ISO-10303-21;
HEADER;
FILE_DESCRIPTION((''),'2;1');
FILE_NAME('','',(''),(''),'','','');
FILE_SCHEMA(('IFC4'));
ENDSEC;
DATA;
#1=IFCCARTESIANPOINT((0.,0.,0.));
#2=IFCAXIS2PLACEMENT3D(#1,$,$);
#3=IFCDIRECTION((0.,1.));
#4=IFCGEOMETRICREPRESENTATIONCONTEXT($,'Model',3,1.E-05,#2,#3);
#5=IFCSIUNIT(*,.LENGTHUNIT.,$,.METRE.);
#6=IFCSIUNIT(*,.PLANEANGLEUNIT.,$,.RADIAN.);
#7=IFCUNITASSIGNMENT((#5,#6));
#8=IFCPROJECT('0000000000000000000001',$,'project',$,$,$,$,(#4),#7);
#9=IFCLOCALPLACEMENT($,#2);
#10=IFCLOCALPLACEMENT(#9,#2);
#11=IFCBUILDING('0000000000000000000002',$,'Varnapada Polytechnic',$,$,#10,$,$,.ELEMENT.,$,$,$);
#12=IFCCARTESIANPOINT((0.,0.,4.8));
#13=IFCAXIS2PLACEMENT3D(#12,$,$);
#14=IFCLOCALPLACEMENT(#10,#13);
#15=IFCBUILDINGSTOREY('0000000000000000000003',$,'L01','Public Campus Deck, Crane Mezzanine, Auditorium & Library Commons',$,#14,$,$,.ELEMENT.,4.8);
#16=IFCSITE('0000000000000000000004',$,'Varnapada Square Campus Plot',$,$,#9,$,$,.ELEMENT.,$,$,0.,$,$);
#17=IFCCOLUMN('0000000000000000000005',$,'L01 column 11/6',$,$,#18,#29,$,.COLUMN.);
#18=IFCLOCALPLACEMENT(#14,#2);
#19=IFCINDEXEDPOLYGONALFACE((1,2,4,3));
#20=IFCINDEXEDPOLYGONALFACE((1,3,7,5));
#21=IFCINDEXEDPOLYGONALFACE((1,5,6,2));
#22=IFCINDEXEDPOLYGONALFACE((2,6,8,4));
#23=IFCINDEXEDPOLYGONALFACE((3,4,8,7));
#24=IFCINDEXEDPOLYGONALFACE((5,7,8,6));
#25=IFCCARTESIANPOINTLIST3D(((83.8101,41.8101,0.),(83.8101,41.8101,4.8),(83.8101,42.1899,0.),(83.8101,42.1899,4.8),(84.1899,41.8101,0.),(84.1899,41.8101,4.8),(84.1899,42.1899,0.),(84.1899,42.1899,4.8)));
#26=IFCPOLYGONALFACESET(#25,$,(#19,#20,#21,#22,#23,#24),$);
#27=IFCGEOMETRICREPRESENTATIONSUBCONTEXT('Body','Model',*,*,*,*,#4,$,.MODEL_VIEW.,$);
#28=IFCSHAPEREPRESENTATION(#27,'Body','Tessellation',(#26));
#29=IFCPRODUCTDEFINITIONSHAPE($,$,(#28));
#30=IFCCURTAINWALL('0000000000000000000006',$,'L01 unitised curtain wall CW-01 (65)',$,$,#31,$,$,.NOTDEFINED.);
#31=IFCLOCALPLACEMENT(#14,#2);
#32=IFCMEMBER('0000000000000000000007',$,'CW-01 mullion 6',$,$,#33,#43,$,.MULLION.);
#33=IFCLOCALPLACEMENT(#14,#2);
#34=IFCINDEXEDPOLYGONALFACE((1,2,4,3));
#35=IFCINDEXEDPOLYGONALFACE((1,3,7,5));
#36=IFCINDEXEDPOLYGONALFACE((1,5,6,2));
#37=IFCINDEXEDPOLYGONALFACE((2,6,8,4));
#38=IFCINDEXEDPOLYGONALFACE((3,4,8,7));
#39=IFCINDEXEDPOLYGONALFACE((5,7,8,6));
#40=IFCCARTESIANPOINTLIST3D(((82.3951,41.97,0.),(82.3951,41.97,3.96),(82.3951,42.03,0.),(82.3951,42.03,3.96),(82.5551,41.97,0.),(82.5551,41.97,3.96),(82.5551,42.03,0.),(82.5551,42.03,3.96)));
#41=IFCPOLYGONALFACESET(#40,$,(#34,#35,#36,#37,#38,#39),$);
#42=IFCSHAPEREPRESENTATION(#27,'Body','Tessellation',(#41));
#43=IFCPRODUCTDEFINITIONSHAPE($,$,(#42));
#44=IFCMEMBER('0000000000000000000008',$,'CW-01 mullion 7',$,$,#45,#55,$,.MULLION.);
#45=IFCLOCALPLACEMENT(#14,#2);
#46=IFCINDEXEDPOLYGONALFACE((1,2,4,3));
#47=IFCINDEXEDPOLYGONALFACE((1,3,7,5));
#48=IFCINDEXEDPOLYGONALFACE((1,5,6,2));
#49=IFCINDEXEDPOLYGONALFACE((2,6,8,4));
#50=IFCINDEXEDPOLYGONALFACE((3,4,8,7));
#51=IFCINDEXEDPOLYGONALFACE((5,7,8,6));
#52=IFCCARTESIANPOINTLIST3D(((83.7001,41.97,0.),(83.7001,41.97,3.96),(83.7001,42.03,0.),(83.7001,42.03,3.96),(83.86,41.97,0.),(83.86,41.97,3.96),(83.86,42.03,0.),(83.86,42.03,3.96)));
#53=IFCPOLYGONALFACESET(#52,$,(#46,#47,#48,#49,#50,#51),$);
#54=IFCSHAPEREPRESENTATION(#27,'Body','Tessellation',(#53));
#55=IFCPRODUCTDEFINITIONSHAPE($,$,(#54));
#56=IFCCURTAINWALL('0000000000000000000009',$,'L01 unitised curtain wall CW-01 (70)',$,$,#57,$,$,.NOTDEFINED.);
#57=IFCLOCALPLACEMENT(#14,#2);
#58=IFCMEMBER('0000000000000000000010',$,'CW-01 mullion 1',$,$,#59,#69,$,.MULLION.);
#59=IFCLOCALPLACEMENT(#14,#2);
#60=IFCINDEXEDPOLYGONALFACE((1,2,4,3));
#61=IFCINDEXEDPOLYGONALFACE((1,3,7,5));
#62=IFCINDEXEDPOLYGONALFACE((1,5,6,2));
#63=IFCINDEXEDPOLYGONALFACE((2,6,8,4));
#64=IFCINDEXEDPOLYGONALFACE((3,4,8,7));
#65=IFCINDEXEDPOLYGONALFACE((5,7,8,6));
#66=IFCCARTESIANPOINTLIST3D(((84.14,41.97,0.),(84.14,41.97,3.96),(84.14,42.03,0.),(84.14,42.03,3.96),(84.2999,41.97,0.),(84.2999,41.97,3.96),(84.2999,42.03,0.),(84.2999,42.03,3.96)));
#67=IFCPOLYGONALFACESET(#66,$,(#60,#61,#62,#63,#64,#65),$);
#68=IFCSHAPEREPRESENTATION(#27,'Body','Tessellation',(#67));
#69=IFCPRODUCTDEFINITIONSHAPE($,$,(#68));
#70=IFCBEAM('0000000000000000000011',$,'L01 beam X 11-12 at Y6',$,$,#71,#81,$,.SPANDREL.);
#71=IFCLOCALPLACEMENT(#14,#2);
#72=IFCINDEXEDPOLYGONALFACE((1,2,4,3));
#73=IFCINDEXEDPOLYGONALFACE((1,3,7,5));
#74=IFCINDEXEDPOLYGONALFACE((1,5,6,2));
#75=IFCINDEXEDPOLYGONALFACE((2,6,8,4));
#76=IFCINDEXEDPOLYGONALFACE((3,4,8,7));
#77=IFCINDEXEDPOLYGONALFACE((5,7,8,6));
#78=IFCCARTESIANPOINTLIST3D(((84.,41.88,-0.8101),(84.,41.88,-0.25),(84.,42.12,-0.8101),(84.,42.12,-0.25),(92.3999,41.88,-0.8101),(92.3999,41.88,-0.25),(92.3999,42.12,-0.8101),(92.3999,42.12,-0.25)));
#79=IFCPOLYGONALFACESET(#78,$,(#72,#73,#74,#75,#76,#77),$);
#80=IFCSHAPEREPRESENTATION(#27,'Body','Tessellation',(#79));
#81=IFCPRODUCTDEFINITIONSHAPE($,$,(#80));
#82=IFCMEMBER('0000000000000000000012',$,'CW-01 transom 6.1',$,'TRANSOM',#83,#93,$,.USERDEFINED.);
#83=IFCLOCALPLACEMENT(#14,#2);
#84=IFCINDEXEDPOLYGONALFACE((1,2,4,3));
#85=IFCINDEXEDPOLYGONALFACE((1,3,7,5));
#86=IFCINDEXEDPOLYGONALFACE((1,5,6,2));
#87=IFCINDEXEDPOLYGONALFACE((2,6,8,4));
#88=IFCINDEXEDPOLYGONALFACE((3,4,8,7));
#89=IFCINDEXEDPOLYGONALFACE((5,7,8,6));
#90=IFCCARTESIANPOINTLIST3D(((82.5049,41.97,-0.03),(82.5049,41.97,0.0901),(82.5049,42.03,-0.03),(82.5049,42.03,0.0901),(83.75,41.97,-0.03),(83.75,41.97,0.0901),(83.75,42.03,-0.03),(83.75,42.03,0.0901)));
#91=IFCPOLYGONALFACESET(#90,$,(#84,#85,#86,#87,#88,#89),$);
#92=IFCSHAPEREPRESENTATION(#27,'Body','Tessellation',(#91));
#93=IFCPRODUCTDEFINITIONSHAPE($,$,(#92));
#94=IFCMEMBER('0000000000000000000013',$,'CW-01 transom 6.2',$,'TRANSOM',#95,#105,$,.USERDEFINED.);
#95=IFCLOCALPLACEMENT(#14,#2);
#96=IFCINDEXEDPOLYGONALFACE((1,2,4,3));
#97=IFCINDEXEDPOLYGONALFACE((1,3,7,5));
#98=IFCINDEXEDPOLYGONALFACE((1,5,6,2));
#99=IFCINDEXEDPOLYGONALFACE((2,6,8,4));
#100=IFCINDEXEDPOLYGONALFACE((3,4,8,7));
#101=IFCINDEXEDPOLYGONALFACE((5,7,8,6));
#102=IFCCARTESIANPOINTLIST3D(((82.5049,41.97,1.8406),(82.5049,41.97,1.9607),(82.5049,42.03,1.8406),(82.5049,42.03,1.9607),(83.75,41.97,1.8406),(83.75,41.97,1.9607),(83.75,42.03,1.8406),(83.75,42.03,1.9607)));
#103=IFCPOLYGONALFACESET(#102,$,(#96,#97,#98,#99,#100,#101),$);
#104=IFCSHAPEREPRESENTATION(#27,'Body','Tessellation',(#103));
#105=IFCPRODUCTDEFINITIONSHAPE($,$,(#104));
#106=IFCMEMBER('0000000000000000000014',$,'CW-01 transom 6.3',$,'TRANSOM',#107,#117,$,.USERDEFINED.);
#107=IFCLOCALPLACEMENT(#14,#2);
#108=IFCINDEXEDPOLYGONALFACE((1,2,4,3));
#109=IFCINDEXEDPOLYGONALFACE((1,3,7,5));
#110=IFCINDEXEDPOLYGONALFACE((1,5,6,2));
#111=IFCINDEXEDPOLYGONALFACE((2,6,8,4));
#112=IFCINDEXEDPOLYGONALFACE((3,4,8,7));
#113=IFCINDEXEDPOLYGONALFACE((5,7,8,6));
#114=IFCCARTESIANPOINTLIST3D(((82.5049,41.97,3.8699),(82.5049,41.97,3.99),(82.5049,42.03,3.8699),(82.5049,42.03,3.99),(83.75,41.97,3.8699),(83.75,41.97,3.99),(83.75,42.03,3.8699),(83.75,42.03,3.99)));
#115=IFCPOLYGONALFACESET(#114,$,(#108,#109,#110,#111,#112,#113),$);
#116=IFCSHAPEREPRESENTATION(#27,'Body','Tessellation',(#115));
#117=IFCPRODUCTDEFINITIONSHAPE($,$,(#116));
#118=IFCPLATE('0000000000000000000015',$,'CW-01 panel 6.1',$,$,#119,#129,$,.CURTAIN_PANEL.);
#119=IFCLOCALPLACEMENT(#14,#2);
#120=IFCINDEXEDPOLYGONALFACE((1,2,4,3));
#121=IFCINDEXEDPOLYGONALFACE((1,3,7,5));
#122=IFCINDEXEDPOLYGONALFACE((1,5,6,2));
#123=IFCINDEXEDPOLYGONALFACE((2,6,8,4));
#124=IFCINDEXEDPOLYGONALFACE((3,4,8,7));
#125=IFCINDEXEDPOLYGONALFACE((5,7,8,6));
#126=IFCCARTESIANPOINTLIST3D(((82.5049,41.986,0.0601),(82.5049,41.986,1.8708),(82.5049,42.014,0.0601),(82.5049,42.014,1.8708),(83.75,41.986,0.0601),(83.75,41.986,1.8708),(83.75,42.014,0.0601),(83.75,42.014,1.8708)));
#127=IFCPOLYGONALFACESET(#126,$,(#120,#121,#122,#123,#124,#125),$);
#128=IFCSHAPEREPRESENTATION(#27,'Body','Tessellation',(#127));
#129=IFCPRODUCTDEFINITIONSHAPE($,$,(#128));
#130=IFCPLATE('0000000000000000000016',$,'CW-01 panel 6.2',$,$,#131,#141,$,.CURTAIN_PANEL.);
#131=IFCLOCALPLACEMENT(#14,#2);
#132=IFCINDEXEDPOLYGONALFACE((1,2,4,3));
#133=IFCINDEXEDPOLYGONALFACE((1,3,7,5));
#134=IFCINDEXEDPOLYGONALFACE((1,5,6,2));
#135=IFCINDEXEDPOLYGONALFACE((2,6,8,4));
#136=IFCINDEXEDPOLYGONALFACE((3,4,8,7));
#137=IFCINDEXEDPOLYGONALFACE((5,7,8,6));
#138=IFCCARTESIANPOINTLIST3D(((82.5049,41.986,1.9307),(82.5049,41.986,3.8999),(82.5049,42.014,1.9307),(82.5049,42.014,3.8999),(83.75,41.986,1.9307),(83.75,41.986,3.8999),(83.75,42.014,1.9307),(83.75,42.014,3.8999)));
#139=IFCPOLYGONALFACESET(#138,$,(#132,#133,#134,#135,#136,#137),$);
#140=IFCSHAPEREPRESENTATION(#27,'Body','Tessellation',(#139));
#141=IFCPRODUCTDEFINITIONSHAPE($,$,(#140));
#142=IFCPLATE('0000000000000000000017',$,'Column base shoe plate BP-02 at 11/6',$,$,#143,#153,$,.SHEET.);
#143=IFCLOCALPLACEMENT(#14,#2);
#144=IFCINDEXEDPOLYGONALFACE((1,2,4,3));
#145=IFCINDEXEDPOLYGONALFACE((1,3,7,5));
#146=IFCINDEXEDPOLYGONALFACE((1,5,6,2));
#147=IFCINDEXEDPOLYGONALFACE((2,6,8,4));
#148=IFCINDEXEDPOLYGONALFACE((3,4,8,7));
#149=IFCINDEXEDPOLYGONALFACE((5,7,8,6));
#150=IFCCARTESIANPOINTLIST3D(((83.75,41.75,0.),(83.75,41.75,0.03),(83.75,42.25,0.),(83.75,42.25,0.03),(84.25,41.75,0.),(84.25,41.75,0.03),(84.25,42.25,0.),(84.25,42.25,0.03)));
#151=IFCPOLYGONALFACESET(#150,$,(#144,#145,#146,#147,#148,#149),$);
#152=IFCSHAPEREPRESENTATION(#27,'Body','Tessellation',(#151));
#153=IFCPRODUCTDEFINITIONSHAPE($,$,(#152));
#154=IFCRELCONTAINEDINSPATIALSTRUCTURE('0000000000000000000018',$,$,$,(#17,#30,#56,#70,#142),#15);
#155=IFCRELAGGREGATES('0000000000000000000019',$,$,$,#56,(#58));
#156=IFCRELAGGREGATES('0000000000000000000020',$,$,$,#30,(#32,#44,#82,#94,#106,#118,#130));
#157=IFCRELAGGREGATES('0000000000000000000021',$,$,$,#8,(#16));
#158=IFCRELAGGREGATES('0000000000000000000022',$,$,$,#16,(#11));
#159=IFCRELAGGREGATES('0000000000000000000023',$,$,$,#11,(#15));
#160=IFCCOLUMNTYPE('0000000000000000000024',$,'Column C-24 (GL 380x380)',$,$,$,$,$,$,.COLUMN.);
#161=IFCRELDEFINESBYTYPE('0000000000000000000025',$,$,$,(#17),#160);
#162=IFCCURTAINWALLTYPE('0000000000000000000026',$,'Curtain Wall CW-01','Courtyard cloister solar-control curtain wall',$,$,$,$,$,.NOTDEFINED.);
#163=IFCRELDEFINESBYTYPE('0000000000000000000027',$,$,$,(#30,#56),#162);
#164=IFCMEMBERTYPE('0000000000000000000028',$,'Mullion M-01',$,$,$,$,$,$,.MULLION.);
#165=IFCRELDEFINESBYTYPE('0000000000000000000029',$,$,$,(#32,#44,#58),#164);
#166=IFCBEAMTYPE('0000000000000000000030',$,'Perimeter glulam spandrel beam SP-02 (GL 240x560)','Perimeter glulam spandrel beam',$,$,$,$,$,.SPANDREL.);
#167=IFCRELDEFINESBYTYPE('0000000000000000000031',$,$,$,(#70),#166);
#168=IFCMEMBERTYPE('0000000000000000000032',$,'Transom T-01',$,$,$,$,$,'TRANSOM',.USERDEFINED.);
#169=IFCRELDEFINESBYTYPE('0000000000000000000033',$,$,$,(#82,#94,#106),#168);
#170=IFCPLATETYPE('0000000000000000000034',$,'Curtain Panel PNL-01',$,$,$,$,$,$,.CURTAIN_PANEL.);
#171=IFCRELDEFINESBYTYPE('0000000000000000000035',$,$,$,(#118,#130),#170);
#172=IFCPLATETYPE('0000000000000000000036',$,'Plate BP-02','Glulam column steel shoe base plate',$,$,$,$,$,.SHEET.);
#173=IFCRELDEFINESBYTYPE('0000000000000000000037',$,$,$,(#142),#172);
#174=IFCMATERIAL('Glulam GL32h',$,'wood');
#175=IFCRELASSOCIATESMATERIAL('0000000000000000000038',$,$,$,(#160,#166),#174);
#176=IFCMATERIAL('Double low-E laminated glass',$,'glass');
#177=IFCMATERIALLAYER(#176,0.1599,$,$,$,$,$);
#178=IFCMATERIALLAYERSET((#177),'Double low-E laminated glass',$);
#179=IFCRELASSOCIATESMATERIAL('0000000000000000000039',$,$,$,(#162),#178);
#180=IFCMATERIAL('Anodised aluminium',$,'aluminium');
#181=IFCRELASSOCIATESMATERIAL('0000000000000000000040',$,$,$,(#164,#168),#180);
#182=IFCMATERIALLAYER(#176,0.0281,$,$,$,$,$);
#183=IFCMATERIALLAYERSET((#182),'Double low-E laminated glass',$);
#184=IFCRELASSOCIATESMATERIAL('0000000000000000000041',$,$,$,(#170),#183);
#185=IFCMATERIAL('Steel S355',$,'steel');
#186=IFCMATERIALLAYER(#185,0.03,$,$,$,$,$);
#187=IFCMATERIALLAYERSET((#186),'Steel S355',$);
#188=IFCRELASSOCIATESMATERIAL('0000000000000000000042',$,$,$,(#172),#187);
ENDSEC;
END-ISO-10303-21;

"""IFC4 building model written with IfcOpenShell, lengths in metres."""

from ifc_helpers import new_model, si_unit, direction, frame, origin, origin_2d, place, context, subcontext, project, spatial, rectangle, extrude, material, layer, layer_set, material_profile, profile_set, type_object, element, aggregate, save


model = new_model("IFC4")

# Units and contexts
model_context = context("Model", 3, precision=1e-05, world=origin(), true_north=direction((0.0, 1.0)))
body_context = subcontext(model_context, "Body", "Model", "MODEL_VIEW")
ifc_project = project(units=[si_unit("LENGTHUNIT", "METRE"), si_unit("PLANEANGLEUNIT", "RADIAN")], contexts=[model_context])

# Site, building, storey
site_placement = place(None, origin())
site = spatial("IfcSite", under=ifc_project, at=site_placement, Name="Varnapada Square Campus Plot", CompositionType="ELEMENT", RefElevation=0.0)
building_placement = place(site_placement, origin())
building = spatial("IfcBuilding", under=site, at=building_placement, Name="Varnapada Polytechnic", CompositionType="ELEMENT")
storey_placement = place(building_placement, frame((0.0, 0.0, 4.8)))
storey = spatial("IfcBuildingStorey", under=building, at=storey_placement, Name="L01", Description="Public Campus Deck, Crane Mezzanine, Auditorium & Library Commons", CompositionType="ELEMENT", Elevation=4.8)

# Column
ifc_material_1 = material(Name="Glulam GL32h", Category="wood")
ifc_material_profile_1 = material_profile(ifc_material_1, rectangle(XDim=0.3799, YDim=0.3799, at=origin_2d()), Name="GL 380x380")
ifc_profile_set_1 = profile_set([ifc_material_profile_1], Name="Glulam GL32h")
column_type = type_object("IfcColumnType", Name="Column C-24 (GL 380x380)", PredefinedType="COLUMN", material=ifc_profile_set_1)
column_placement = place(storey_placement, frame((84.0, 42.0, 0.0), z_axis=(0.0, 0.0, 1.0), x_axis=(1.0, 0.0, 0.0)))
element("IfcColumn", 1, at=column_placement, inside=storey, type_object=column_type, Name="L01 column 11/6", PredefinedType="COLUMN", context=body_context, shape_type="SweptSolid", body=[
    extrude(rectangle(XDim=0.3799, YDim=0.3799, at=origin_2d()), origin(), (0.0, 0.0, 1.0), 4.8),
])

# Curtain wall, members
ifc_material_2 = material(Name="Double low-E laminated glass", Category="glass")
ifc_layer_1 = layer(ifc_material_2, 0.1599)
ifc_layer_set_1 = layer_set([ifc_layer_1], Name="Double low-E laminated glass")
curtain_wall_type = type_object("IfcCurtainWallType", Name="Curtain Wall CW-01", Description="Courtyard cloister solar-control curtain wall", PredefinedType="NOTDEFINED", material=ifc_layer_set_1)
curtain_wall_1_placement = place(storey_placement, origin())
curtain_wall_1 = element("IfcCurtainWall", 2, at=curtain_wall_1_placement, inside=storey, type_object=curtain_wall_type, Name="L01 unitised curtain wall CW-01 (65)", PredefinedType="NOTDEFINED")
ifc_material_3 = material(Name="Anodised aluminium", Category="aluminium")
ifc_material_profile_2 = material_profile(ifc_material_3, rectangle(XDim=0.0601, YDim=0.1599, at=origin_2d()), Name="ALU M60x160")
ifc_profile_set_2 = profile_set([ifc_material_profile_2], Name="Anodised aluminium")
member_type_1 = type_object("IfcMemberType", Name="Mullion M-01", PredefinedType="MULLION", material=ifc_profile_set_2)
member_1_placement = place(storey_placement, frame((82.4751, 42.0, 0.0), z_axis=(0.0, 0.0, 1.0), x_axis=(0.0, 1.0, 0.0)))
member_1 = element("IfcMember", 3, at=member_1_placement, type_object=member_type_1, Name="CW-01 mullion 6", PredefinedType="MULLION", context=body_context, shape_type="SweptSolid", body=[
    extrude(rectangle(XDim=0.0601, YDim=0.1599, at=origin_2d()), origin(), (0.0, 0.0, 1.0), 3.96),
])
member_2_placement = place(storey_placement, frame((83.78, 42.0, 0.0), z_axis=(0.0, 0.0, 1.0), x_axis=(0.0, 1.0, 0.0)))
member_2 = element("IfcMember", 4, at=member_2_placement, type_object=member_type_1, Name="CW-01 mullion 7", PredefinedType="MULLION", context=body_context, shape_type="SweptSolid", body=[
    extrude(rectangle(XDim=0.0601, YDim=0.1599, at=origin_2d()), origin(), (0.0, 0.0, 1.0), 3.96),
])

# Curtain wall, member
curtain_wall_2_placement = place(storey_placement, origin())
curtain_wall_2 = element("IfcCurtainWall", 5, at=curtain_wall_2_placement, inside=storey, type_object=curtain_wall_type, Name="L01 unitised curtain wall CW-01 (70)", PredefinedType="NOTDEFINED")
member_3_placement = place(storey_placement, frame((84.22, 42.0, 0.0), z_axis=(0.0, 0.0, 1.0), x_axis=(0.0, 1.0, 0.0)))
member_3 = element("IfcMember", 6, at=member_3_placement, type_object=member_type_1, Name="CW-01 mullion 1", PredefinedType="MULLION", context=body_context, shape_type="SweptSolid", body=[
    extrude(rectangle(XDim=0.0601, YDim=0.1599, at=origin_2d()), origin(), (0.0, 0.0, 1.0), 3.96),
])
aggregate(curtain_wall_2, [member_3])

# Beam
ifc_material_profile_3 = material_profile(ifc_material_1, rectangle(XDim=0.24, YDim=0.5601, at=origin_2d()), Name="GL 240x560")
ifc_profile_set_3 = profile_set([ifc_material_profile_3], Name="Glulam GL32h")
beam_type = type_object("IfcBeamType", Name="Perimeter glulam spandrel beam SP-02 (GL 240x560)", Description="Perimeter glulam spandrel beam", PredefinedType="SPANDREL", material=ifc_profile_set_3)
beam_placement = place(storey_placement, frame((84.0, 42.0, -0.53), z_axis=(1.0, 0.0, 0.0), x_axis=(0.0, 1.0, 0.0)))
element("IfcBeam", 7, at=beam_placement, inside=storey, type_object=beam_type, Name="L01 beam X 11-12 at Y6", PredefinedType="SPANDREL", context=body_context, shape_type="SweptSolid", body=[
    extrude(rectangle(XDim=0.24, YDim=0.5601, at=origin_2d()), origin(), (0.0, 0.0, 1.0), 8.3999),
])

# Members
ifc_material_profile_4 = material_profile(ifc_material_3, rectangle(XDim=0.0601, YDim=0.1201, at=origin_2d()), Name="ALU T60x120")
ifc_profile_set_4 = profile_set([ifc_material_profile_4], Name="Anodised aluminium")
member_type_2 = type_object("IfcMemberType", Name="Transom T-01", ElementType="TRANSOM", PredefinedType="USERDEFINED", material=ifc_profile_set_4)
member_4_placement = place(storey_placement, frame((82.5049, 42.0, 0.03), z_axis=(1.0, 0.0, 0.0), x_axis=(0.0, 1.0, 0.0)))
member_4 = element("IfcMember", 8, at=member_4_placement, type_object=member_type_2, Name="CW-01 transom 6.1", ObjectType="TRANSOM", PredefinedType="USERDEFINED", context=body_context, shape_type="SweptSolid", body=[
    extrude(rectangle(XDim=0.0601, YDim=0.1201, at=origin_2d()), origin(), (0.0, 0.0, 1.0), 1.2451),
])
member_5_placement = place(storey_placement, frame((82.5049, 42.0, 1.9006), z_axis=(1.0, 0.0, 0.0), x_axis=(0.0, 1.0, 0.0)))
member_5 = element("IfcMember", 9, at=member_5_placement, type_object=member_type_2, Name="CW-01 transom 6.2", ObjectType="TRANSOM", PredefinedType="USERDEFINED", context=body_context, shape_type="SweptSolid", body=[
    extrude(rectangle(XDim=0.0601, YDim=0.1201, at=origin_2d()), origin(), (0.0, 0.0, 1.0), 1.2451),
])
member_6_placement = place(storey_placement, frame((82.5049, 42.0, 3.9299), z_axis=(1.0, 0.0, 0.0), x_axis=(0.0, 1.0, 0.0)))
member_6 = element("IfcMember", 10, at=member_6_placement, type_object=member_type_2, Name="CW-01 transom 6.3", ObjectType="TRANSOM", PredefinedType="USERDEFINED", context=body_context, shape_type="SweptSolid", body=[
    extrude(rectangle(XDim=0.0601, YDim=0.1201, at=origin_2d()), origin(), (0.0, 0.0, 1.0), 1.2451),
])

# Plates
ifc_layer_2 = layer(ifc_material_2, 0.0281)
ifc_layer_set_2 = layer_set([ifc_layer_2], Name="Double low-E laminated glass")
plate_type_1 = type_object("IfcPlateType", Name="Curtain Panel PNL-01", PredefinedType="CURTAIN_PANEL", material=ifc_layer_set_2)
plate_1_placement = place(storey_placement, frame((83.1274, 42.0, 0.0601), z_axis=(0.0, 0.0, 1.0), x_axis=(1.0, 0.0, 0.0)))
plate_1 = element("IfcPlate", 11, at=plate_1_placement, type_object=plate_type_1, Name="CW-01 panel 6.1", PredefinedType="CURTAIN_PANEL", context=body_context, shape_type="SweptSolid", body=[
    extrude(rectangle(XDim=1.2451, YDim=0.0281, at=origin_2d()), origin(), (0.0, 0.0, 1.0), 1.8108),
])
plate_2_placement = place(storey_placement, frame((83.1274, 42.0, 1.9307), z_axis=(0.0, 0.0, 1.0), x_axis=(1.0, 0.0, 0.0)))
plate_2 = element("IfcPlate", 12, at=plate_2_placement, type_object=plate_type_1, Name="CW-01 panel 6.2", PredefinedType="CURTAIN_PANEL", context=body_context, shape_type="SweptSolid", body=[
    extrude(rectangle(XDim=1.2451, YDim=0.0281, at=origin_2d()), origin(), (0.0, 0.0, 1.0), 1.9692),
])
aggregate(curtain_wall_1, [member_1, member_2, member_4, member_5, member_6, plate_1, plate_2])
ifc_material_4 = material(Name="Steel S355", Category="steel")
ifc_layer_3 = layer(ifc_material_4, 0.03)
ifc_layer_set_3 = layer_set([ifc_layer_3], Name="Steel S355")
plate_type_2 = type_object("IfcPlateType", Name="Plate BP-02", Description="Glulam column steel shoe base plate", PredefinedType="SHEET", material=ifc_layer_set_3)
plate_3_placement = place(storey_placement, frame((84.0, 42.0, 0.0), z_axis=(0.0, 0.0, 1.0), x_axis=(1.0, 0.0, 0.0)))
element("IfcPlate", 13, at=plate_3_placement, inside=storey, type_object=plate_type_2, Name="Column base shoe plate BP-02 at 11/6", PredefinedType="SHEET", context=body_context, shape_type="SweptSolid", body=[
    extrude(rectangle(XDim=0.5, YDim=0.5, at=origin_2d()), origin(), (0.0, 0.0, 1.0), 0.03),
])

save(model, "model.ifc")
